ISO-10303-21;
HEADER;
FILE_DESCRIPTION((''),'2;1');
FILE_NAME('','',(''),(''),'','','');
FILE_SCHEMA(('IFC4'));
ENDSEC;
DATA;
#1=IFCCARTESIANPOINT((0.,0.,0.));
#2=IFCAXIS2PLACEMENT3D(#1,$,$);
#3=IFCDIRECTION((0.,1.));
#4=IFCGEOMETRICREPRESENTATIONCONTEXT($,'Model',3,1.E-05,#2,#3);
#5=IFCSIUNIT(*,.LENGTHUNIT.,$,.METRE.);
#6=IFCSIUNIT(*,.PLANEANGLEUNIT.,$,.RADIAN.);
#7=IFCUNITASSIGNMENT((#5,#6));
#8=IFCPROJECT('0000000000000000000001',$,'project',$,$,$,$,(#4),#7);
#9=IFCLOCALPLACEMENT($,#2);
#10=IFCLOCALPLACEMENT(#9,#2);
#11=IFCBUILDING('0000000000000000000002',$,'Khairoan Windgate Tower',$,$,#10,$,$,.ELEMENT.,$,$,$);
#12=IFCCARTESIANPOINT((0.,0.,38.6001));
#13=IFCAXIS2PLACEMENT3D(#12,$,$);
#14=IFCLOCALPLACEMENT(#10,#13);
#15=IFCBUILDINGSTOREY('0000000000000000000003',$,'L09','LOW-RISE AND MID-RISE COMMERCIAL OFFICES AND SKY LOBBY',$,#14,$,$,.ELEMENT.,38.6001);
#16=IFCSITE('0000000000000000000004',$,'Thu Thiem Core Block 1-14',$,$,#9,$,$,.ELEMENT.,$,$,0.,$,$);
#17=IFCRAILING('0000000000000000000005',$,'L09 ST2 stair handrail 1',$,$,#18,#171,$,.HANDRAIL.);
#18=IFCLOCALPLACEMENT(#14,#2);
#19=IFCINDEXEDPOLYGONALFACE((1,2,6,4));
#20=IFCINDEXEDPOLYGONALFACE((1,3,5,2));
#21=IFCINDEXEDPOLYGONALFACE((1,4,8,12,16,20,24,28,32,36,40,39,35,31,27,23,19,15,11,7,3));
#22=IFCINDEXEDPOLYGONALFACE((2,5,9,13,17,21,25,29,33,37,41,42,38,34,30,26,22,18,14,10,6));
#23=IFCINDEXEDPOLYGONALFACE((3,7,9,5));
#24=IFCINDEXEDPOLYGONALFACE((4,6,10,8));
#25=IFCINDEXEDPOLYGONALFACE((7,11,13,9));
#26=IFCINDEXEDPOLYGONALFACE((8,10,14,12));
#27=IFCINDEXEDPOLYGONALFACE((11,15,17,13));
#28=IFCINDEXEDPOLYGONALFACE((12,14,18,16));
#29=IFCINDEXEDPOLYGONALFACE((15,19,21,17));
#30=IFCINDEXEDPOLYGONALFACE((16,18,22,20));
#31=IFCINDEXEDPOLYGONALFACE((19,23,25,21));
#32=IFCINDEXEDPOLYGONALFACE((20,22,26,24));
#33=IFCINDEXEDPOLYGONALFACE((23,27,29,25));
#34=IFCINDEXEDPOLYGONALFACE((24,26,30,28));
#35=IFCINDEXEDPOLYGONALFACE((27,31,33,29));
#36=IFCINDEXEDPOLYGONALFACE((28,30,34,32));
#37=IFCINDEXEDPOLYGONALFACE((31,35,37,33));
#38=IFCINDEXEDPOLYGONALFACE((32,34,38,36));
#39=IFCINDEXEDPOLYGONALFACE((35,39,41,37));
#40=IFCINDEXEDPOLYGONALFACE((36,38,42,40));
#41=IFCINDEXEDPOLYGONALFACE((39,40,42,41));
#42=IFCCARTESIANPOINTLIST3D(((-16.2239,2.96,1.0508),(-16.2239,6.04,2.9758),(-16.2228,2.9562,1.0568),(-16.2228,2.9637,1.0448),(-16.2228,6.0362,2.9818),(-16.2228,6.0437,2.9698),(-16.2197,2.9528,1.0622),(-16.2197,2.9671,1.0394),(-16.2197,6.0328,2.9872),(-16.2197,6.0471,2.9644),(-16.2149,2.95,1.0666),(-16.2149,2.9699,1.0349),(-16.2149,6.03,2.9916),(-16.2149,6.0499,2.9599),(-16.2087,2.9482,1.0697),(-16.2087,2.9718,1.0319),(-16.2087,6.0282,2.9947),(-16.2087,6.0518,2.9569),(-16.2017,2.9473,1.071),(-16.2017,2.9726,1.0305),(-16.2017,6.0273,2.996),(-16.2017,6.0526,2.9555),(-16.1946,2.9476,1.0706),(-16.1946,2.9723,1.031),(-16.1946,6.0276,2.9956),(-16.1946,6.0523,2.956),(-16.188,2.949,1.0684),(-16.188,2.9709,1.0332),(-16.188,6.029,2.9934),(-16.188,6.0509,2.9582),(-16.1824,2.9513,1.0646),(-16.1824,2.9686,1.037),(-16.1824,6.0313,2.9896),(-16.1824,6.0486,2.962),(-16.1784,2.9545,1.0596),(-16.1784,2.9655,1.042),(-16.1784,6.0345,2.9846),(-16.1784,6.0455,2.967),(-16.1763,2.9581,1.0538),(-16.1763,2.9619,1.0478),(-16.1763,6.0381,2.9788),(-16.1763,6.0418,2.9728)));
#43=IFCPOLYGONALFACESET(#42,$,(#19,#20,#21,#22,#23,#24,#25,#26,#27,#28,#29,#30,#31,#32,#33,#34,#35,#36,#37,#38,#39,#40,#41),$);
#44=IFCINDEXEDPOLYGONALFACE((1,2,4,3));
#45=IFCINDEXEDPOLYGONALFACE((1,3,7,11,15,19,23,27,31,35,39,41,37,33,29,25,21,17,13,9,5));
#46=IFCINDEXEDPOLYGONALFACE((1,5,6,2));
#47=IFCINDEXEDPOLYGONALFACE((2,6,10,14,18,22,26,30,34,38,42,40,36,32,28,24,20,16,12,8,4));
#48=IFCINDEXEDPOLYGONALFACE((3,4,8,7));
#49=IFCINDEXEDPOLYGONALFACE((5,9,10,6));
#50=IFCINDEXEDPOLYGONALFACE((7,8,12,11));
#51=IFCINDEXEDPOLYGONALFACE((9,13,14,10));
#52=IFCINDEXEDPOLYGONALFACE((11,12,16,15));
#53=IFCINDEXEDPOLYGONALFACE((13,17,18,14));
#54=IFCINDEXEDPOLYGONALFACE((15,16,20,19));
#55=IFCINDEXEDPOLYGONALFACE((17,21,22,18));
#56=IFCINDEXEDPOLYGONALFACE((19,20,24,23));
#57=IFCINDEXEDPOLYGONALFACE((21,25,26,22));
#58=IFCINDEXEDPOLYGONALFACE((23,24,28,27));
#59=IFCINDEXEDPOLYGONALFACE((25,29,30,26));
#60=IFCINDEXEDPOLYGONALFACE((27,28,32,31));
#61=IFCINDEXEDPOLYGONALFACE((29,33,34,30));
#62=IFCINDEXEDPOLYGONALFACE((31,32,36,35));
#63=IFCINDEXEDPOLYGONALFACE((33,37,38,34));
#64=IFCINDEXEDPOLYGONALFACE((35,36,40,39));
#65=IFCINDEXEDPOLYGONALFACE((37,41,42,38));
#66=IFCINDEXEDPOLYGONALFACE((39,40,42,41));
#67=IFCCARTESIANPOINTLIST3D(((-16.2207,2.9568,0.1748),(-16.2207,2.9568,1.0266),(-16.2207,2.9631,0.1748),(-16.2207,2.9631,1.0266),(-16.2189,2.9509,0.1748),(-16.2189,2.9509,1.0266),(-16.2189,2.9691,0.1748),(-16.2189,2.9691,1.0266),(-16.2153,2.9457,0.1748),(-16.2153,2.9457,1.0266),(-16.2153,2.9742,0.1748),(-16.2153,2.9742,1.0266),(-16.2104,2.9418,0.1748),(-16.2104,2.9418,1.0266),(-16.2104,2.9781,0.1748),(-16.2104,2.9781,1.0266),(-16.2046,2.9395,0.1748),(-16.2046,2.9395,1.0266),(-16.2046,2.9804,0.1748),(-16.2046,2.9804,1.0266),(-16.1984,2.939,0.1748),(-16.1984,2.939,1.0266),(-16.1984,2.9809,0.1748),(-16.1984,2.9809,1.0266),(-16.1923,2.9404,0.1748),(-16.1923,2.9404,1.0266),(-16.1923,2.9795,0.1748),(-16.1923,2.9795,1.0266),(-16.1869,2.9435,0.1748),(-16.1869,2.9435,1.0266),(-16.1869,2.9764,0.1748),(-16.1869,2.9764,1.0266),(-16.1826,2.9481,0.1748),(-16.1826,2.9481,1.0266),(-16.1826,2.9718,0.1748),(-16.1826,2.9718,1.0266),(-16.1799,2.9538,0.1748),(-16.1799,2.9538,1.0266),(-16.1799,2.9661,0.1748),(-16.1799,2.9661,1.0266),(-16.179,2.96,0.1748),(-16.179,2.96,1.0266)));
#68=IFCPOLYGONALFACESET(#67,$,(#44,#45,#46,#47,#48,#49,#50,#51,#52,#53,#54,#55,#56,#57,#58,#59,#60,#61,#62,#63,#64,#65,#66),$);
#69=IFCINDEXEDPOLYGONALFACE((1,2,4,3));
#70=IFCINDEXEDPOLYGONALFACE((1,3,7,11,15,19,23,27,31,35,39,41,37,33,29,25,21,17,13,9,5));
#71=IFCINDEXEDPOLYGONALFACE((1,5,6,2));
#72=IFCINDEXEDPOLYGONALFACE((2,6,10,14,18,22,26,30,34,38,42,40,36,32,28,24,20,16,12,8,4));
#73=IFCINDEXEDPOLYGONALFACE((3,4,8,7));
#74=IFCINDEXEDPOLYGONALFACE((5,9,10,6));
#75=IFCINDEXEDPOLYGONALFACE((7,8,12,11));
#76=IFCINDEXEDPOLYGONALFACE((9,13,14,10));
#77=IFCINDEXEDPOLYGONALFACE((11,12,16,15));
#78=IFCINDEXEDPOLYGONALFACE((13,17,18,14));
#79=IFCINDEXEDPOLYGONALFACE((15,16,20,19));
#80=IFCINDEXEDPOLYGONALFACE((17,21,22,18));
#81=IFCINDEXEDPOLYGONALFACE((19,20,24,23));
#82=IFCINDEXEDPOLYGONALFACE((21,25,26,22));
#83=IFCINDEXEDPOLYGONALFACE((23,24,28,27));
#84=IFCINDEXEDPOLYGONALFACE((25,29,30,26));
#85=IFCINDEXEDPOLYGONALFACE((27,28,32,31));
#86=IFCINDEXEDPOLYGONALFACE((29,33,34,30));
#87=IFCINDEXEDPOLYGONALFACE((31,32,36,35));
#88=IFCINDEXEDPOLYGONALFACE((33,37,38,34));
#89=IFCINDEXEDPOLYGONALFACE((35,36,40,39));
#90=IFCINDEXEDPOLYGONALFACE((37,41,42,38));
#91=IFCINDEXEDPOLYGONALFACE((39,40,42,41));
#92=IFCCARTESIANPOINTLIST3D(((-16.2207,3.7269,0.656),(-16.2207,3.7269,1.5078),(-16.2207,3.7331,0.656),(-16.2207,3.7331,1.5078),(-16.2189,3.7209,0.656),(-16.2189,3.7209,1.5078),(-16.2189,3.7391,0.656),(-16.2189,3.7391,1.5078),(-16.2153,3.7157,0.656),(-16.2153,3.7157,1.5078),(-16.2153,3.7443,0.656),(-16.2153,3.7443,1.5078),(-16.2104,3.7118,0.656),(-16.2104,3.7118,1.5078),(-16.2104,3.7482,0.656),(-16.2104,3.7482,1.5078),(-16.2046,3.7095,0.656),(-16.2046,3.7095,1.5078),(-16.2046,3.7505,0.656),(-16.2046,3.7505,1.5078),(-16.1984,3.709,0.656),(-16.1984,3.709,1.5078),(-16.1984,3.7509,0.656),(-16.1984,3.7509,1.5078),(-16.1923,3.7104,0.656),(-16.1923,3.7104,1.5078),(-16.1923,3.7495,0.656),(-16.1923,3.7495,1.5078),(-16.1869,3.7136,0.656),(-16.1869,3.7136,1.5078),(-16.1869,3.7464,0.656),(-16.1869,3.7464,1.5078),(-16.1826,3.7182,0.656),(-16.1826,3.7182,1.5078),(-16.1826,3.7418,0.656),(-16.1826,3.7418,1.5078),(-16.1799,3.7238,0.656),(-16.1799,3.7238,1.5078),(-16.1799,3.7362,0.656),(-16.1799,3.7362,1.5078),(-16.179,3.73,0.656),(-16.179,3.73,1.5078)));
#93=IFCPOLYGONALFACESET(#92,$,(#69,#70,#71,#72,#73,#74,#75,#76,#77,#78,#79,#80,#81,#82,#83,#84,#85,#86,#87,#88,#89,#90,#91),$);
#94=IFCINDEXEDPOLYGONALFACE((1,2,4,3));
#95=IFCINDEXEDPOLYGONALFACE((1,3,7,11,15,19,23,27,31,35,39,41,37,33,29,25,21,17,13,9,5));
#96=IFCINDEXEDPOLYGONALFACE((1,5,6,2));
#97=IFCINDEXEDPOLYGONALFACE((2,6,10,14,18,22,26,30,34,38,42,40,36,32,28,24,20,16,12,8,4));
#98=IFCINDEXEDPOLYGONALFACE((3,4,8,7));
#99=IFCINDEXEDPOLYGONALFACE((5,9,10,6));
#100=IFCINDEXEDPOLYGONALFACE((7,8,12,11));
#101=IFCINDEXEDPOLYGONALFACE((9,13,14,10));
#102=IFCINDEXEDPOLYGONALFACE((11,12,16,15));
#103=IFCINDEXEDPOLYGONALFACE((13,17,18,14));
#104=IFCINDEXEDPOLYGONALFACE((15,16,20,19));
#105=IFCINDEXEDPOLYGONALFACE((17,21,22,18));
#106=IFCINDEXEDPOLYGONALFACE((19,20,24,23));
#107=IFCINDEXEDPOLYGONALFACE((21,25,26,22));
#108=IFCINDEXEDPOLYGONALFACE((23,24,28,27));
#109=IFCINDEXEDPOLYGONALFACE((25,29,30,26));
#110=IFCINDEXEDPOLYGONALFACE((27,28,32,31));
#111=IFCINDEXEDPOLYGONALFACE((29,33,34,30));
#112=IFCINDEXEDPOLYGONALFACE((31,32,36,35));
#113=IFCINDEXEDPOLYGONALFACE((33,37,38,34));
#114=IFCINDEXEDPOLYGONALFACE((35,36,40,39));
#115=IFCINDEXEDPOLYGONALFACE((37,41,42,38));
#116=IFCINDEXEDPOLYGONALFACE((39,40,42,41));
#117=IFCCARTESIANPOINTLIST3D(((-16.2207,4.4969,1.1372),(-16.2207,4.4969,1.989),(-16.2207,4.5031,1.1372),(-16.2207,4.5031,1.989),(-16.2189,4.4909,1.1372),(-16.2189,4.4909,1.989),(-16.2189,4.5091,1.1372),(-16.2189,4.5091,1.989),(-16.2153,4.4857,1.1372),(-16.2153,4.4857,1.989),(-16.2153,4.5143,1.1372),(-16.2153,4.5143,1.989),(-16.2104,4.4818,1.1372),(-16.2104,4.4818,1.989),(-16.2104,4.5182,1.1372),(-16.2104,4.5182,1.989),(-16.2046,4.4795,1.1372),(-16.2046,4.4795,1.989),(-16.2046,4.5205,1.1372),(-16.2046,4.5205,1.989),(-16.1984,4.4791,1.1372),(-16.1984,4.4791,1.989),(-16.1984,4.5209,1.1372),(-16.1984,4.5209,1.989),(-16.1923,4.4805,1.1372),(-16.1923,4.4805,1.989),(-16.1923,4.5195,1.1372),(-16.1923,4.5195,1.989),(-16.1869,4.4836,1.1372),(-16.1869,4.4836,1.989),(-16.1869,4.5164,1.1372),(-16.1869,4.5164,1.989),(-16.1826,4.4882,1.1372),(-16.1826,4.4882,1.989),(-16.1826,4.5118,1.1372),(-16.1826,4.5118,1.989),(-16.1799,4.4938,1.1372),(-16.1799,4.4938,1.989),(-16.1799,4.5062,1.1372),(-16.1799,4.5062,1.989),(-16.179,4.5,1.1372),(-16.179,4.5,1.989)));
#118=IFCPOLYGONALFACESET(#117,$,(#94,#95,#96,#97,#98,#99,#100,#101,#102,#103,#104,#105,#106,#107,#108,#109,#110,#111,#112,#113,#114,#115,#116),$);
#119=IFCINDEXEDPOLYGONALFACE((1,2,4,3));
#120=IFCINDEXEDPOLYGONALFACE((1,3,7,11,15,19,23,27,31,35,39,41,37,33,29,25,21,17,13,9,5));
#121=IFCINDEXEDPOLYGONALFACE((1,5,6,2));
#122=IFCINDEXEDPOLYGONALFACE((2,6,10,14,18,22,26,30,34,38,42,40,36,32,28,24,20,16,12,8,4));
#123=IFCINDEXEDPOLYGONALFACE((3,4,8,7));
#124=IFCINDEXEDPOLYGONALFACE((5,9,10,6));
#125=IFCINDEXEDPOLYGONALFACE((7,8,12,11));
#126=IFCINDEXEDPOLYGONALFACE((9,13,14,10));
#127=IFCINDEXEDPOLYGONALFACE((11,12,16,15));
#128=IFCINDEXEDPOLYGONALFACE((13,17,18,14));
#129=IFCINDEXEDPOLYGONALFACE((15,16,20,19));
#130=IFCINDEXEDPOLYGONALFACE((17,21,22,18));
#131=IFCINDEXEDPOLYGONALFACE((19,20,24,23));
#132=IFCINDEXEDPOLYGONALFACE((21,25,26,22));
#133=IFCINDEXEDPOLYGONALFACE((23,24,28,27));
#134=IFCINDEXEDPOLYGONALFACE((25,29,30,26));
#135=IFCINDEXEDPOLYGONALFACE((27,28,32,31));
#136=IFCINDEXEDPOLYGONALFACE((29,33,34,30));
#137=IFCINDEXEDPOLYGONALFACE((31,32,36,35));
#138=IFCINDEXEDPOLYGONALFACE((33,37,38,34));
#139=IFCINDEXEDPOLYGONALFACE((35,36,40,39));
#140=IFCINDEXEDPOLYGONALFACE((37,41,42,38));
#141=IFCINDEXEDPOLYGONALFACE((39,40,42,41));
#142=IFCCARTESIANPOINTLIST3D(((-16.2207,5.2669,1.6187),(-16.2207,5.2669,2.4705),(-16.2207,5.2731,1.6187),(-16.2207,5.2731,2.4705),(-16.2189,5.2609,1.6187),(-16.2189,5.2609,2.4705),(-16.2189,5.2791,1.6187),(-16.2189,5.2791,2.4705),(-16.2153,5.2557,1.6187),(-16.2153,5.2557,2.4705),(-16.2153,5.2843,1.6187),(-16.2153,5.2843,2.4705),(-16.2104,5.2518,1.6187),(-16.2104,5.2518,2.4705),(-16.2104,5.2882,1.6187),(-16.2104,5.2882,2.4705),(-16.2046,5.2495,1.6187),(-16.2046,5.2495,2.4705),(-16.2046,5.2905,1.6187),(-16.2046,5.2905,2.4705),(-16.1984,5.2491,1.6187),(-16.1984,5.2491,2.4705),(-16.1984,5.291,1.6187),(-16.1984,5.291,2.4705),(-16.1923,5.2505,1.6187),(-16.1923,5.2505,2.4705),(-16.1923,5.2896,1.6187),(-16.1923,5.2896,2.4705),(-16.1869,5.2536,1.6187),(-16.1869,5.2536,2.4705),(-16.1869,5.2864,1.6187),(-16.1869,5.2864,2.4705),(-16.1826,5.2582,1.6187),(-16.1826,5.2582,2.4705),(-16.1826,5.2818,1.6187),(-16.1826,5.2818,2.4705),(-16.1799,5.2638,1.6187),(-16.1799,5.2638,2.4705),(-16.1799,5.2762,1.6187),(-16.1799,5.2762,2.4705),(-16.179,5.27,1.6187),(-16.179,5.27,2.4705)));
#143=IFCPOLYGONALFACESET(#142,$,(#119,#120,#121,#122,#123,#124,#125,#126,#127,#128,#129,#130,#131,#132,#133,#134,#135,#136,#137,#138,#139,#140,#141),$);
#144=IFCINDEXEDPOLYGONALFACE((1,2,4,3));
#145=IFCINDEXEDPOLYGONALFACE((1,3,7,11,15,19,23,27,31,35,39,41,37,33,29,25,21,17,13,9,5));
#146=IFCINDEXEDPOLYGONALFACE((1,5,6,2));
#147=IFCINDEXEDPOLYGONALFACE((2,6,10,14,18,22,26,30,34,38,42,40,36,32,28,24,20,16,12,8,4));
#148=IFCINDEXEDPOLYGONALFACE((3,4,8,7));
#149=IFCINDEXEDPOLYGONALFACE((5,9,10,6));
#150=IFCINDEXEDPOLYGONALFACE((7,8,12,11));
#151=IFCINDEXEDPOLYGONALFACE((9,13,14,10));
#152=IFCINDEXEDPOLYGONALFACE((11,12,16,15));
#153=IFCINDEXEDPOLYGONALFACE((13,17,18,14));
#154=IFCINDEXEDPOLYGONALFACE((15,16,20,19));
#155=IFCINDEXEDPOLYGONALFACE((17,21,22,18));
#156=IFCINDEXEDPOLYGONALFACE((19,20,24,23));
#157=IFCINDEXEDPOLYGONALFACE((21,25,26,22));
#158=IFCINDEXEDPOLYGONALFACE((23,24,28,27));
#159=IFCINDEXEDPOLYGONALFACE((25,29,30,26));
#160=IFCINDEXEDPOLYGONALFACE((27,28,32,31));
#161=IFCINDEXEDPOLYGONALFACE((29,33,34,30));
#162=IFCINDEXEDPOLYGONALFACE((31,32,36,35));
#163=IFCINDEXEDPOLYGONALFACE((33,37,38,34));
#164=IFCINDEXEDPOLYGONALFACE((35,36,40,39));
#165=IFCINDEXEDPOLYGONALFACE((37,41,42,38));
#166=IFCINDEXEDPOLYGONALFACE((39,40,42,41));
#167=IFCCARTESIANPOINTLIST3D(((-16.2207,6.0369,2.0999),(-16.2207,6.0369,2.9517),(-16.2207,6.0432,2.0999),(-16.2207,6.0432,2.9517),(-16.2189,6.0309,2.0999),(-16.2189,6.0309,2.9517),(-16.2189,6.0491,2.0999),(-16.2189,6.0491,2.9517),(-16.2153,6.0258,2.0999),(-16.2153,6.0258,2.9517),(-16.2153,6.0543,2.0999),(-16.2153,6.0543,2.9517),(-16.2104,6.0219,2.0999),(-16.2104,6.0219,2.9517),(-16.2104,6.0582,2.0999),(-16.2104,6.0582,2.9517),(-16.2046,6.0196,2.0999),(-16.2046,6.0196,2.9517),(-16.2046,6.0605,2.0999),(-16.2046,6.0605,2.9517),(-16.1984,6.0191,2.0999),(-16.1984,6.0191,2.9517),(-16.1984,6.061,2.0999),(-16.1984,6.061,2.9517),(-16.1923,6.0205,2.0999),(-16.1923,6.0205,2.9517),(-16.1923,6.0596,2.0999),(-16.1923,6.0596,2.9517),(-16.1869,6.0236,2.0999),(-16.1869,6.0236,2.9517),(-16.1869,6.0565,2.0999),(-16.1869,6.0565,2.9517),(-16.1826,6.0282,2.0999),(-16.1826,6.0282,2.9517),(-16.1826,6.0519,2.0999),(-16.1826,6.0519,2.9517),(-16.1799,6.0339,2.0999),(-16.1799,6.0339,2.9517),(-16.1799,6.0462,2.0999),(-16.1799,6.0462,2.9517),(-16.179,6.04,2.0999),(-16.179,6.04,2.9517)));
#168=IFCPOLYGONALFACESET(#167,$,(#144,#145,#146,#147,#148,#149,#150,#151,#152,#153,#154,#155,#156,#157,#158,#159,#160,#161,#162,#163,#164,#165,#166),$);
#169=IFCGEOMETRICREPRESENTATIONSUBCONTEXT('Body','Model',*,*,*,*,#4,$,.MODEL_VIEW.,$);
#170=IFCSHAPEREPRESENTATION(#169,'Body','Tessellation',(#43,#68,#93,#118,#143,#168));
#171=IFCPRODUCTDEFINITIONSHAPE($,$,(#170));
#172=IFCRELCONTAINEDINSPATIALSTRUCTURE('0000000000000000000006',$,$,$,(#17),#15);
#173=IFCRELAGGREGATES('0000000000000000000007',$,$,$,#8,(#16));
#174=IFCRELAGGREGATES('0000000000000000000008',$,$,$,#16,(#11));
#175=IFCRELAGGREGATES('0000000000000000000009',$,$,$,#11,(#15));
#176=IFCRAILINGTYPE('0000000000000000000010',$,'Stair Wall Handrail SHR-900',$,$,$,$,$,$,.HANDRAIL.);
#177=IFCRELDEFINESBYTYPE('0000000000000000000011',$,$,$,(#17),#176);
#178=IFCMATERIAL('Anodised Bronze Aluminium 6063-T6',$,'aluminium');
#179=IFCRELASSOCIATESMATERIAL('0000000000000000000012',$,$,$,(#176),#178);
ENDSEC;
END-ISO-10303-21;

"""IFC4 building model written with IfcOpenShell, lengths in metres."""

from ifc_helpers import new_model, si_unit, direction, frame, origin, origin_2d, place, context, subcontext, project, spatial, circle, extrude, material, type_object, element, save


model = new_model("IFC4")

# Units and contexts
model_context = context("Model", 3, precision=1e-05, world=origin(), true_north=direction((0.0, 1.0)))
body_context = subcontext(model_context, "Body", "Model", "MODEL_VIEW")
ifc_project = project(units=[si_unit("LENGTHUNIT", "METRE"), si_unit("PLANEANGLEUNIT", "RADIAN")], contexts=[model_context])

# Site, building, storey
site_placement = place(None, origin())
site = spatial("IfcSite", under=ifc_project, at=site_placement, Name="Thu Thiem Core Block 1-14", CompositionType="ELEMENT", RefElevation=0.0)
building_placement = place(site_placement, origin())
building = spatial("IfcBuilding", under=site, at=building_placement, Name="Khairoan Windgate Tower", CompositionType="ELEMENT")
storey_placement = place(building_placement, frame((0.0, 0.0, 38.6001)))
storey = spatial("IfcBuildingStorey", under=building, at=storey_placement, Name="L09", Description="LOW-RISE AND MID-RISE COMMERCIAL OFFICES AND SKY LOBBY", CompositionType="ELEMENT", Elevation=38.6001)

# Railing
ifc_material_1 = material(Name="Anodised Bronze Aluminium 6063-T6", Category="aluminium")
railing_type_1 = type_object("IfcRailingType", Name="Stair Wall Handrail SHR-900", PredefinedType="HANDRAIL", material=ifc_material_1)
railing_1_placement = place(storey_placement, frame((-16.2, 2.96, 0.1748)))
element("IfcRailing", 1, at=railing_1_placement, inside=storey, type_object=railing_type_1, Name="L09 ST2 stair handrail 1", PredefinedType="HANDRAIL", context=body_context, shape_type="SweptSolid", body=[
    extrude(circle(Radius=0.0239, at=origin_2d()), frame((0.0, 0.0, 0.876), z_axis=(0.0, 0.847998, 0.529999), x_axis=(-1.0, 0.0, 0.0)), (0.0, 0.0, 1.0), 3.6321),
    extrude(circle(Radius=0.021, at=origin_2d()), origin(), (0.0, 0.0, 1.0), 0.8518),
    extrude(circle(Radius=0.021, at=origin_2d()), frame((0.0, 0.77, 0.4812)), (0.0, 0.0, 1.0), 0.8518),
    extrude(circle(Radius=0.021, at=origin_2d()), frame((0.0, 1.54, 0.9624)), (0.0, 0.0, 1.0), 0.8518),
    extrude(circle(Radius=0.021, at=origin_2d()), frame((0.0, 2.3101, 1.4438)), (0.0, 0.0, 1.0), 0.8518),
    extrude(circle(Radius=0.021, at=origin_2d()), frame((0.0, 3.0801, 1.925)), (0.0, 0.0, 1.0), 0.8518),
])

save(model, "model.ifc")
